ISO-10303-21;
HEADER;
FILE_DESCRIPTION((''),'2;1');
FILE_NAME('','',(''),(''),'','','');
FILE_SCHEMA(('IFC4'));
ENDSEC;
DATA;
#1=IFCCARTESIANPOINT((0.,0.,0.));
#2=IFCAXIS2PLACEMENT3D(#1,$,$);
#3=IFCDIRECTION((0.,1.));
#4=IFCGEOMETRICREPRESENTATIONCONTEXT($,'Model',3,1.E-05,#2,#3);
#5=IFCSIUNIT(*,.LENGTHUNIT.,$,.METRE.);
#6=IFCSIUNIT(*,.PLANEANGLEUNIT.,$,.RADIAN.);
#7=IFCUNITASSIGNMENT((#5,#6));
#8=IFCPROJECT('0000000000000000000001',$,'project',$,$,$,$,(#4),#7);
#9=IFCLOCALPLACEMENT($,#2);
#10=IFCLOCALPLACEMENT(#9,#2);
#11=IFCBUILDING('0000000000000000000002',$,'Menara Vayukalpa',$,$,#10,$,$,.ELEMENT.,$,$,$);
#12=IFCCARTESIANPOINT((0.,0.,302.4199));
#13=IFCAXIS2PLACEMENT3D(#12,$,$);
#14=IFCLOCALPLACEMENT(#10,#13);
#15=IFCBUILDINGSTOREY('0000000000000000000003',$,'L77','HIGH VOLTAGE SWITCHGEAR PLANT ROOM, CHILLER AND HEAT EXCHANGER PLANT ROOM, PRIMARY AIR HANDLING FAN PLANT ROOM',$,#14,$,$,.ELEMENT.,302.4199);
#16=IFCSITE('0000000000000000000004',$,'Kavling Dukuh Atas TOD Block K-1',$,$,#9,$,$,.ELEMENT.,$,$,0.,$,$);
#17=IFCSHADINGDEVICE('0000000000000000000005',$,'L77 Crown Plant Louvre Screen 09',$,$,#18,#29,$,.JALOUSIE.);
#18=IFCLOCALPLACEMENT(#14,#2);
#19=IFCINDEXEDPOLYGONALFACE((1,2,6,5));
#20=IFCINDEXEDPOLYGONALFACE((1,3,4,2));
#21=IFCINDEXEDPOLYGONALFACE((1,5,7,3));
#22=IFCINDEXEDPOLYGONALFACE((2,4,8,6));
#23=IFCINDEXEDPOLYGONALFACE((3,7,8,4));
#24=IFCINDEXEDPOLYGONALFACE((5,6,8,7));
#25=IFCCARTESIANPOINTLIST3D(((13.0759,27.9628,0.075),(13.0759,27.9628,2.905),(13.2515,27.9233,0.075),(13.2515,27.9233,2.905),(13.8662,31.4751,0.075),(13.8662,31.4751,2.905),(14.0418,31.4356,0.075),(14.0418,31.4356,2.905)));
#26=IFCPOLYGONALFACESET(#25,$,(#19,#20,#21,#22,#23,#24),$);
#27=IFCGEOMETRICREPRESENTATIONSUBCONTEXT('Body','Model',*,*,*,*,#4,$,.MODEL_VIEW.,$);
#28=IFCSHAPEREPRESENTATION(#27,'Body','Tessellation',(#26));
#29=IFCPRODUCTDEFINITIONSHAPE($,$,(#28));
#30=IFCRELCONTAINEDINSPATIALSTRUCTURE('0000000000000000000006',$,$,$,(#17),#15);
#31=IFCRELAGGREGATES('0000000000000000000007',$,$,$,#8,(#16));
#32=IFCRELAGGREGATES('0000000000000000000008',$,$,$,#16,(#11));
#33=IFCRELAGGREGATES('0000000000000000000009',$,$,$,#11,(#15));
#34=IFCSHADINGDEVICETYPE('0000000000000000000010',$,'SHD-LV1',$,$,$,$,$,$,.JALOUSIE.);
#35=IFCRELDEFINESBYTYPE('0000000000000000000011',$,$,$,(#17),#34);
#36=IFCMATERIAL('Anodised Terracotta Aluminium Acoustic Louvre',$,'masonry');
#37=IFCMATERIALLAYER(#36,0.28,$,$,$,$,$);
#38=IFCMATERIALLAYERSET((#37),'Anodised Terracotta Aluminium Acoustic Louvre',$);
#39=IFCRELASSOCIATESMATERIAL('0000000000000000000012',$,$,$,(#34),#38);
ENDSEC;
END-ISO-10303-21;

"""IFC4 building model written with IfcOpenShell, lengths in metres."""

from ifc_helpers import new_model, si_unit, direction, frame, origin, origin_2d, place, context, subcontext, project, spatial, rectangle, extrude, material, layer, layer_set, type_object, element, save


model = new_model("IFC4")

# Units and contexts
model_context = context("Model", 3, precision=1e-05, world=origin(), true_north=direction((0.0, 1.0)))
body_context = subcontext(model_context, "Body", "Model", "MODEL_VIEW")
ifc_project = project(units=[si_unit("LENGTHUNIT", "METRE"), si_unit("PLANEANGLEUNIT", "RADIAN")], contexts=[model_context])

# Site, building, storey
site_placement = place(None, origin())
site = spatial("IfcSite", under=ifc_project, at=site_placement, Name="Kavling Dukuh Atas TOD Block K-1", CompositionType="ELEMENT", RefElevation=0.0)
building_placement = place(site_placement, origin())
building = spatial("IfcBuilding", under=site, at=building_placement, Name="Menara Vayukalpa", CompositionType="ELEMENT")
storey_placement = place(building_placement, frame((0.0, 0.0, 302.4199)))
storey = spatial("IfcBuildingStorey", under=building, at=storey_placement, Name="L77", Description="HIGH VOLTAGE SWITCHGEAR PLANT ROOM, CHILLER AND HEAT EXCHANGER PLANT ROOM, PRIMARY AIR HANDLING FAN PLANT ROOM", CompositionType="ELEMENT", Elevation=302.4199)

# Shading device
ifc_material_1 = material(Name="Anodised Terracotta Aluminium Acoustic Louvre", Category="masonry")
ifc_layer_1 = layer(ifc_material_1, 0.28)
ifc_layer_set_1 = layer_set([ifc_layer_1], Name="Anodised Terracotta Aluminium Acoustic Louvre")
shading_device_type = type_object("IfcShadingDeviceType", Name="SHD-LV1", PredefinedType="JALOUSIE", material=ifc_layer_set_1)
shading_device_placement = place(storey_placement, frame((13.5588, 29.6992, 0.075), z_axis=(0.0, 0.0, 1.0), x_axis=(-0.219523, -0.975607, 0.0)))
element("IfcShadingDevice", 1, at=shading_device_placement, inside=storey, type_object=shading_device_type, Name="L77 Crown Plant Louvre Screen 09", PredefinedType="JALOUSIE", context=body_context, shape_type="SweptSolid", body=[
    extrude(rectangle(XDim=3.6001, YDim=0.1799, at=origin_2d()), origin(), (0.0, 0.0, 1.0), 2.8301),
])

save(model, "model.ifc")
